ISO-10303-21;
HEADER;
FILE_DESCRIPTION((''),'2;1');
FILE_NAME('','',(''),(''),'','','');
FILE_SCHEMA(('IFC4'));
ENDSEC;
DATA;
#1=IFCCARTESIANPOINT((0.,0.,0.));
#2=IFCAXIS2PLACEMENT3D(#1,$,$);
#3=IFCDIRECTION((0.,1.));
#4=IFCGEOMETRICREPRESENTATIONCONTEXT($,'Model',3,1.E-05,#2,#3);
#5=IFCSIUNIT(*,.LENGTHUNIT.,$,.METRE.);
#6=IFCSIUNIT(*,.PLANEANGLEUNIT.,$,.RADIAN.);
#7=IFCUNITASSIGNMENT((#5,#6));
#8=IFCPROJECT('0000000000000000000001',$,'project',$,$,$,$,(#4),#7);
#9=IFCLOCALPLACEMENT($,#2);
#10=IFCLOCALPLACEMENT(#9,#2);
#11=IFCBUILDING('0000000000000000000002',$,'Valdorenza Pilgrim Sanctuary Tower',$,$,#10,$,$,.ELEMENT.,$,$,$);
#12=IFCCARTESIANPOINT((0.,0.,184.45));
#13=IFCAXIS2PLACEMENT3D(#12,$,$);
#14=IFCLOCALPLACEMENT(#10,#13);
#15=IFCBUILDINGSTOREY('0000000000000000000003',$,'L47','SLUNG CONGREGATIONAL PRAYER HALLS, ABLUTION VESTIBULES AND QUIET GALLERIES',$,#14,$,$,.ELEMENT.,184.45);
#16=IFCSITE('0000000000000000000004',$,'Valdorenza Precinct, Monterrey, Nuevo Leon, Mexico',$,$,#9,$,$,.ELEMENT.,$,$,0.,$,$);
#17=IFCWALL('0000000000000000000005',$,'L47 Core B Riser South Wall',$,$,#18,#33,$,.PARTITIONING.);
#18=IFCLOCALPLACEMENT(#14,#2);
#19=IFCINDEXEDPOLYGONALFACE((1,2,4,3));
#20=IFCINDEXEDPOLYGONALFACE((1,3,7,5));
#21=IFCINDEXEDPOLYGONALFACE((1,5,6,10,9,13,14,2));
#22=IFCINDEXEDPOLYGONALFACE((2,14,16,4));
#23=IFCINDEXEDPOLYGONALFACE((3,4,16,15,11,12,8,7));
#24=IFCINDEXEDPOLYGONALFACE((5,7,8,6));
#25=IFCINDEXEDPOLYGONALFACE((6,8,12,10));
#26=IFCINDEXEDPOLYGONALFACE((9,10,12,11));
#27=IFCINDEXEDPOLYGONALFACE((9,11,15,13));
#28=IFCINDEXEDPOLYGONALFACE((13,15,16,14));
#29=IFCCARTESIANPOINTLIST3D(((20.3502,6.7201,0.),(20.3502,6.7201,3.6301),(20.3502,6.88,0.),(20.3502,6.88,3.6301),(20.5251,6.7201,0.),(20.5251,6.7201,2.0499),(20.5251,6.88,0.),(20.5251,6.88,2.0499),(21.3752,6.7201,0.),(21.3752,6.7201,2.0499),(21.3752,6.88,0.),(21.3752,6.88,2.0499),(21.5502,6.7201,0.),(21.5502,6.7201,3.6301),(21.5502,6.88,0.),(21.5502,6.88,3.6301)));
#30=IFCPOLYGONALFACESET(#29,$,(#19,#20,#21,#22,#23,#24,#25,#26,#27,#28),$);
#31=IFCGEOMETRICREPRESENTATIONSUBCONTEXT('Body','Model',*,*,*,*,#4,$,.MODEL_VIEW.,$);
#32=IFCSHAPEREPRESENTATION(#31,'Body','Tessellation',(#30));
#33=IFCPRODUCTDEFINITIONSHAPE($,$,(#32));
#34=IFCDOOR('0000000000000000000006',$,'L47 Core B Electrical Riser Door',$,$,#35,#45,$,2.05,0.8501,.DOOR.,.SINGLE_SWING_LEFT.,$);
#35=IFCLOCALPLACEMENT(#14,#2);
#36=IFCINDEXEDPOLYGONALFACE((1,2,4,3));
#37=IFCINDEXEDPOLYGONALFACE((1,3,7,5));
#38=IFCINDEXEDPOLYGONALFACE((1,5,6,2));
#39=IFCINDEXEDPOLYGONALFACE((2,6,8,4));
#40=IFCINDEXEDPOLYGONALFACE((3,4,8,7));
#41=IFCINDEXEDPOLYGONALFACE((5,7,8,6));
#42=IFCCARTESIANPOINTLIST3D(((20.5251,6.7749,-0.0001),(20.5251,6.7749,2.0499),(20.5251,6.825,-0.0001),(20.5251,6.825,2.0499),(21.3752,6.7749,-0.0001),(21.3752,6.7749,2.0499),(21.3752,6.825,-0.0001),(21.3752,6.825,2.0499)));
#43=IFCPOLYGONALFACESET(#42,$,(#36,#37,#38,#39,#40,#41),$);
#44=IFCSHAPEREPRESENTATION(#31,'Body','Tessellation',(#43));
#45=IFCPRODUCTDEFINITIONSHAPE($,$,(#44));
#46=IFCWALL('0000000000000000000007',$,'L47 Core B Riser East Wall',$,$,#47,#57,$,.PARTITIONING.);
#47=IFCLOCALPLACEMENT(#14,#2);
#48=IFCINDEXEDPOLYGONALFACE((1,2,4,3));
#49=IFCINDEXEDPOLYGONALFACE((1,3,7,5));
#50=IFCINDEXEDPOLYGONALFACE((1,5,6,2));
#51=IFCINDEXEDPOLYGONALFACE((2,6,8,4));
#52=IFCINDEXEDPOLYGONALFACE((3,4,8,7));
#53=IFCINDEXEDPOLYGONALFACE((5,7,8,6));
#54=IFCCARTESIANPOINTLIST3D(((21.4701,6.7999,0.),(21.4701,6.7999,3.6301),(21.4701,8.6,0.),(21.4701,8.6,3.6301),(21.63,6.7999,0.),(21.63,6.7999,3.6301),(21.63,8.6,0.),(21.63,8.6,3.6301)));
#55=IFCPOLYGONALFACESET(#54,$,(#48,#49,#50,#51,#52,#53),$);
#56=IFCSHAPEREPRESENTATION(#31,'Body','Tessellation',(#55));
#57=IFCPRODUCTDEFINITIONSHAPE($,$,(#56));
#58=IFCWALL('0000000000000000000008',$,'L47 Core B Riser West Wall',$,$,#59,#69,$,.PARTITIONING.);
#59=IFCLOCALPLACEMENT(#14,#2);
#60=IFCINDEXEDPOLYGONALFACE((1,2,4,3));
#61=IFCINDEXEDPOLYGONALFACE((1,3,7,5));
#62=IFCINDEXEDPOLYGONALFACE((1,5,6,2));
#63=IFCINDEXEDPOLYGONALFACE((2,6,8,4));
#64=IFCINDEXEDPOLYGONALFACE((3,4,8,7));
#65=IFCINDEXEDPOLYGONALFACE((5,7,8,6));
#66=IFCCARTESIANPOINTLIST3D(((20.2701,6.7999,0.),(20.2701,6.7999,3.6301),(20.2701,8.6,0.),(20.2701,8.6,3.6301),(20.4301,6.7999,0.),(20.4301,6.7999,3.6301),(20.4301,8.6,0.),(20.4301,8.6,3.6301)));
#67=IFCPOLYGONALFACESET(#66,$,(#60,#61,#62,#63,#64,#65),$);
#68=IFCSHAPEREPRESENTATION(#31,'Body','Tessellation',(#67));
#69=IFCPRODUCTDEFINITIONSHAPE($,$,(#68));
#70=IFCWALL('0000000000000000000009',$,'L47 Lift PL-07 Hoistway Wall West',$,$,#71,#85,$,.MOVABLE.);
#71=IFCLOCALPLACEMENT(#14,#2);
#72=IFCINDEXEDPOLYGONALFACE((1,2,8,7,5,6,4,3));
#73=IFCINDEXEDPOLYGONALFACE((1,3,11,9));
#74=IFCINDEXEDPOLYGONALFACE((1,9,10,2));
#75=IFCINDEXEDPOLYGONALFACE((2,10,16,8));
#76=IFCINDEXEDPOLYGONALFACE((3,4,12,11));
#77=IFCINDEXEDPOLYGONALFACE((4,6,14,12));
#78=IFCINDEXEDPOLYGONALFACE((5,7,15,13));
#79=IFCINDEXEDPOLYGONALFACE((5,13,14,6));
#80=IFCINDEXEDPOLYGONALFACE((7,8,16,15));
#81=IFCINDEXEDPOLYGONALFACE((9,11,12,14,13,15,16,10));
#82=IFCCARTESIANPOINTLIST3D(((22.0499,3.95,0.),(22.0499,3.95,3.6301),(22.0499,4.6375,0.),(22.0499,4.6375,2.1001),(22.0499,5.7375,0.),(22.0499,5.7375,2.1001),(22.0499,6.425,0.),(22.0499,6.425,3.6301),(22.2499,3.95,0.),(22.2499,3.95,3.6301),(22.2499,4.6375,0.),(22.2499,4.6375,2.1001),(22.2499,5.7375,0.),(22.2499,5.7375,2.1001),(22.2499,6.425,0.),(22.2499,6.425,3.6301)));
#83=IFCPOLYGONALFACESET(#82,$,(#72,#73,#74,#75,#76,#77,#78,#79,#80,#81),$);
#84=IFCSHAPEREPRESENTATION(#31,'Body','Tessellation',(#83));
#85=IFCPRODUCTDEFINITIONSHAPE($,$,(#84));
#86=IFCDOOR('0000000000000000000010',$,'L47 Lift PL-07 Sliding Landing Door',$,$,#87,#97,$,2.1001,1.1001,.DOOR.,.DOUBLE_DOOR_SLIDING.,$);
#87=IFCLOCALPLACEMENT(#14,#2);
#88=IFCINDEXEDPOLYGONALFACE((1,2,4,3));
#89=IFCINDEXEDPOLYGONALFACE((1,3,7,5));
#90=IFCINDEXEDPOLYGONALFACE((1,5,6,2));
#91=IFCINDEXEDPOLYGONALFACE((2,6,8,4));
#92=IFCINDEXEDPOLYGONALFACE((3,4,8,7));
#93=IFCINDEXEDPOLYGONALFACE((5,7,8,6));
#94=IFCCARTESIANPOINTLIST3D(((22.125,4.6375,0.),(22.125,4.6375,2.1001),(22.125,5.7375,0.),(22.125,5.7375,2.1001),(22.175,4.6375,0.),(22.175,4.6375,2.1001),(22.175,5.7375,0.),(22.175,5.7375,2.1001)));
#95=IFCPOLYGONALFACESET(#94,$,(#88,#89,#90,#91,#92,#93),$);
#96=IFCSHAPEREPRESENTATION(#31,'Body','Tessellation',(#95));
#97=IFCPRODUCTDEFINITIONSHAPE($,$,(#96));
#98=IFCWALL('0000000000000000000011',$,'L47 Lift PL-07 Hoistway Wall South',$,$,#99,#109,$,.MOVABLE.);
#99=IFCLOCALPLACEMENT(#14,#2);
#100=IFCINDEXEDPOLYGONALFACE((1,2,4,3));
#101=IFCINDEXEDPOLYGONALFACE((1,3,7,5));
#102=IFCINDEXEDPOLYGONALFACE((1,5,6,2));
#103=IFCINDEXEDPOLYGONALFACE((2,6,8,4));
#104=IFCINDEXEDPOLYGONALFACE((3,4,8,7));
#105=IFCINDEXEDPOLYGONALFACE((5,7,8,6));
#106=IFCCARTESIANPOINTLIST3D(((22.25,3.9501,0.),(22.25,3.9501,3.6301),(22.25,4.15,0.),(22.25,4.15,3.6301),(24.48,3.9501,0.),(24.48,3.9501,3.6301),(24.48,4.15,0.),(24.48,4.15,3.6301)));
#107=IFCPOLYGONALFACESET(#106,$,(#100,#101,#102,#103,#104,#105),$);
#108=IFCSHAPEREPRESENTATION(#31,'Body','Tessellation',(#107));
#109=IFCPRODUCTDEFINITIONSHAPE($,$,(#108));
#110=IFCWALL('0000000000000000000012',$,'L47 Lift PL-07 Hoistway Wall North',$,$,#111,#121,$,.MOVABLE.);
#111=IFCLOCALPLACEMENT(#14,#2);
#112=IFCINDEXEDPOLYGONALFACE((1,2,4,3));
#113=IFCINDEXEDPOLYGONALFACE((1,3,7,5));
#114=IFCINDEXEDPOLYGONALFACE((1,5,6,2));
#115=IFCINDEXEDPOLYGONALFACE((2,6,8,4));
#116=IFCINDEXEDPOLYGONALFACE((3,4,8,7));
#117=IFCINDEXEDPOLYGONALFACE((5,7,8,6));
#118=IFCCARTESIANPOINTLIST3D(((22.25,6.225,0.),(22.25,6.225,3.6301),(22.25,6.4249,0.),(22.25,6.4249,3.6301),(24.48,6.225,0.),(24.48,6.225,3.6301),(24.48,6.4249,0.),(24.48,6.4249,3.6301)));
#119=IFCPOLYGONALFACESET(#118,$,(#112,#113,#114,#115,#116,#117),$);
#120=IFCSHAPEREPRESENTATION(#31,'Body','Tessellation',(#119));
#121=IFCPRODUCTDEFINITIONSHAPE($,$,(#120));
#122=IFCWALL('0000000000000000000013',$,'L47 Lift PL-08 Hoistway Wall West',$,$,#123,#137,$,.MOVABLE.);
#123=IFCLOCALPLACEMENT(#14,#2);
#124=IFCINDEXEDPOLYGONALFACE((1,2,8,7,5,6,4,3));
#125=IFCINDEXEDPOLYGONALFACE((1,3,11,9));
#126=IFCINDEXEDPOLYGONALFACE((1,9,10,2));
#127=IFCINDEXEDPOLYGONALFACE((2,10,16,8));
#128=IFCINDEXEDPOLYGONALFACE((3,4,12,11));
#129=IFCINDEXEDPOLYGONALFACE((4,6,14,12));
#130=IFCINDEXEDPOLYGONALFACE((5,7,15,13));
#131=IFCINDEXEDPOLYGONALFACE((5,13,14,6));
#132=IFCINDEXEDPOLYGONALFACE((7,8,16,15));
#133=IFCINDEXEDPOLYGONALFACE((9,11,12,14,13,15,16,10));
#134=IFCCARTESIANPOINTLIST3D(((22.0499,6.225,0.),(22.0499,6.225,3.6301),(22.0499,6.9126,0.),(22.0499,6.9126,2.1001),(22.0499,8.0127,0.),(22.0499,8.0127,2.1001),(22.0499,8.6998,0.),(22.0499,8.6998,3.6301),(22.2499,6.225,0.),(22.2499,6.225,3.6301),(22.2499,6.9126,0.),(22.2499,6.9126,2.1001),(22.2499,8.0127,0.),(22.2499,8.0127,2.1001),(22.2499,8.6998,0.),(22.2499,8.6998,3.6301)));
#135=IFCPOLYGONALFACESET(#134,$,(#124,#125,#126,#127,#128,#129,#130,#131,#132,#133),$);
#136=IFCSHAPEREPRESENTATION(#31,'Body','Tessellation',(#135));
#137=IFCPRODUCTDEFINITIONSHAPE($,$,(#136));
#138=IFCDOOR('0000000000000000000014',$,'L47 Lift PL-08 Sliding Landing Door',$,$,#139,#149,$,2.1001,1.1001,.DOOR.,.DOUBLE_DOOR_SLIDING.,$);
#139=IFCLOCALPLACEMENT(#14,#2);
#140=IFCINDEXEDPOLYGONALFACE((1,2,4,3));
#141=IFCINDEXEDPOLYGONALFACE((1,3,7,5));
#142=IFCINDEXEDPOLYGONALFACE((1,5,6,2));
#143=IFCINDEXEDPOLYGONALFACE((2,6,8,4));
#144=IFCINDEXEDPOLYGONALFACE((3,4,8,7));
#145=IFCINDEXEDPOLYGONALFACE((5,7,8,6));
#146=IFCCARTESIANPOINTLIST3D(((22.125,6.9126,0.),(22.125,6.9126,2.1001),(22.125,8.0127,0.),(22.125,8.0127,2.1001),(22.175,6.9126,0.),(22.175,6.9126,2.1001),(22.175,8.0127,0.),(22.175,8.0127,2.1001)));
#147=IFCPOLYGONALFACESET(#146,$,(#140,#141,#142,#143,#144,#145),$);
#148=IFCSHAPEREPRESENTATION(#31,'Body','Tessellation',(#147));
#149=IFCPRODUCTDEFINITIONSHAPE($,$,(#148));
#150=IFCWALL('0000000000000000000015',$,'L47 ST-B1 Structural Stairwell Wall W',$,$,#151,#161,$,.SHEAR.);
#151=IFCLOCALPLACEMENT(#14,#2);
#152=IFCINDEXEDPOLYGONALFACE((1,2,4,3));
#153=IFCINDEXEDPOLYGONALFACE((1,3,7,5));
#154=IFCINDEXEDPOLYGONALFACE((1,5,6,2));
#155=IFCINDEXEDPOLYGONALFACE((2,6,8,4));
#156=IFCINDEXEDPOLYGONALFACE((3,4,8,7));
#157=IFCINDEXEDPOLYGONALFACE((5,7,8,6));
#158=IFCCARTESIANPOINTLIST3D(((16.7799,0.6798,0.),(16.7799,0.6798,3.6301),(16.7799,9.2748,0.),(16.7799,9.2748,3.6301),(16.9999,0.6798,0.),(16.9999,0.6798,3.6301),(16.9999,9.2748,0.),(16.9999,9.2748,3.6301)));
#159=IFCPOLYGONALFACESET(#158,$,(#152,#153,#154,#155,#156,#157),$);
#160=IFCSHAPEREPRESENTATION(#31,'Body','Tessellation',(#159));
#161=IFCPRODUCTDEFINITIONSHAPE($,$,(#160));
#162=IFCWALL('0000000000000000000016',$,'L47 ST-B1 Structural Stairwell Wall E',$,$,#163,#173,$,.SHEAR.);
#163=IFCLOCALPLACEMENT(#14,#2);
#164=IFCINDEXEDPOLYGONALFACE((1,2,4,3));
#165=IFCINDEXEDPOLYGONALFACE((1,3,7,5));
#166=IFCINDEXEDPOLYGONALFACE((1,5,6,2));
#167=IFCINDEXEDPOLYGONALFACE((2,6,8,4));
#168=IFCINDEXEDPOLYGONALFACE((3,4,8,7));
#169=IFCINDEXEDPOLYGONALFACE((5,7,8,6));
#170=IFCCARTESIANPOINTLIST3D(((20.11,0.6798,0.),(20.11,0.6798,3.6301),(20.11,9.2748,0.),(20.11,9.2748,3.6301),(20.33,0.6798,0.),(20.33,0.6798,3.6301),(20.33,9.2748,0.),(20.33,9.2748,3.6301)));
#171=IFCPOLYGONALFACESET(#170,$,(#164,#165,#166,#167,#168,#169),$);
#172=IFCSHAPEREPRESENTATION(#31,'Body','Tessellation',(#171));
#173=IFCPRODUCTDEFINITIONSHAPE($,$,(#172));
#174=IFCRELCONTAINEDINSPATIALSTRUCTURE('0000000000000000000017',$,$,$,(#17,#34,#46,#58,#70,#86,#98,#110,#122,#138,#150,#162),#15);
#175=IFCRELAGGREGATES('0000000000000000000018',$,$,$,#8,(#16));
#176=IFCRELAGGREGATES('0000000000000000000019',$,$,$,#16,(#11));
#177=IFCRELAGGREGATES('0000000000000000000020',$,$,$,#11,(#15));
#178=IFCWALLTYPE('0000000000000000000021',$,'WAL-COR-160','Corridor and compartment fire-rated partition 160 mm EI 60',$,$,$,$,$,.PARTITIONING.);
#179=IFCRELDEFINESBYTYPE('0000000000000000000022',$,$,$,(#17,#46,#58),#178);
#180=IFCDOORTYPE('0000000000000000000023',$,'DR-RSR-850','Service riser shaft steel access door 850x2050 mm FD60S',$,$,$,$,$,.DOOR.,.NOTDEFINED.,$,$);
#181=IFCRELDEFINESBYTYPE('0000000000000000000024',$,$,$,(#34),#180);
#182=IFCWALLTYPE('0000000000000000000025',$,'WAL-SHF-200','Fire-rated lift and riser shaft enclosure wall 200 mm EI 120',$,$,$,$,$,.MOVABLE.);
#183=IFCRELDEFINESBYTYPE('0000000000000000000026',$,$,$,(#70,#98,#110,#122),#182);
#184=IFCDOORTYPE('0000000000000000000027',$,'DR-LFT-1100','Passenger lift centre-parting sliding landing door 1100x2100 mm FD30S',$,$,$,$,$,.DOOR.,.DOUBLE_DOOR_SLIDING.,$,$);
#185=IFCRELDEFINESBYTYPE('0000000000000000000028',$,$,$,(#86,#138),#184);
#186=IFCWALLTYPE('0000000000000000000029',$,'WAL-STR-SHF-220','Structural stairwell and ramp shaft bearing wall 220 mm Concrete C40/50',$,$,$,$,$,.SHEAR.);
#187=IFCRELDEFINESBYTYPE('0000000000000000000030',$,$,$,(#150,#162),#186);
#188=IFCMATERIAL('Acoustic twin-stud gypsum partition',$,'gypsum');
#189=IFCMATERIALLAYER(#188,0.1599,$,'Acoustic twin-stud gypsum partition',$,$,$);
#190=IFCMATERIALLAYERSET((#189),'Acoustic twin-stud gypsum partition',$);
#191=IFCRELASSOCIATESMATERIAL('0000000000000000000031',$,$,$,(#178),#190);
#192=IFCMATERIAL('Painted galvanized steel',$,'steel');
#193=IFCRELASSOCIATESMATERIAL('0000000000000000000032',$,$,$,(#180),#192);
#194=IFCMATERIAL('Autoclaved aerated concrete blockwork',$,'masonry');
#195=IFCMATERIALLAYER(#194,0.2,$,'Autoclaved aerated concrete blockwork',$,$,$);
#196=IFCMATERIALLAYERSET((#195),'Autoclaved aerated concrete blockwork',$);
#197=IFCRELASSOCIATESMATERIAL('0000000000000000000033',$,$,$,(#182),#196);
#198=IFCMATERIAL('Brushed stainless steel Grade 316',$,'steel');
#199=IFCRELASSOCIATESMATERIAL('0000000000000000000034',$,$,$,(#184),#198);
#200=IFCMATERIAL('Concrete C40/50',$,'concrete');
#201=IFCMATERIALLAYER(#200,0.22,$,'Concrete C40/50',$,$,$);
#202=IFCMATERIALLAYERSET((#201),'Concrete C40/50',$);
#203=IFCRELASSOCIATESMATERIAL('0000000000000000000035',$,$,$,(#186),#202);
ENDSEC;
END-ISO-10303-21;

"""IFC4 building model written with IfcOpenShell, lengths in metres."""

from ifc_helpers import new_model, si_unit, direction, frame, frame_2d, origin, place, context, subcontext, project, spatial, rectangle, extrude, material, layer, layer_set, type_object, element, fill, save


model = new_model("IFC4")

# Units and contexts
model_context = context("Model", 3, precision=1e-05, world=origin(), true_north=direction((0.0, 1.0)))
body_context = subcontext(model_context, "Body", "Model", "MODEL_VIEW")
ifc_project = project(units=[si_unit("LENGTHUNIT", "METRE"), si_unit("PLANEANGLEUNIT", "RADIAN")], contexts=[model_context])

# Site, building, storey
site_placement = place(None, origin())
site = spatial("IfcSite", under=ifc_project, at=site_placement, Name="Valdorenza Precinct, Monterrey, Nuevo Leon, Mexico", CompositionType="ELEMENT", RefElevation=0.0)
building_placement = place(site_placement, origin())
building = spatial("IfcBuilding", under=site, at=building_placement, Name="Valdorenza Pilgrim Sanctuary Tower", CompositionType="ELEMENT")
storey_placement = place(building_placement, frame((0.0, 0.0, 184.45)))
storey = spatial("IfcBuildingStorey", under=building, at=storey_placement, Name="L47", Description="SLUNG CONGREGATIONAL PRAYER HALLS, ABLUTION VESTIBULES AND QUIET GALLERIES", CompositionType="ELEMENT", Elevation=184.45)

# Wall, opening, door
ifc_material_1 = material(Name="Acoustic twin-stud gypsum partition", Category="gypsum")
ifc_layer_1 = layer(ifc_material_1, 0.1599, Name="Acoustic twin-stud gypsum partition")
ifc_layer_set_1 = layer_set([ifc_layer_1], Name="Acoustic twin-stud gypsum partition")
wall_type_1 = type_object("IfcWallType", Name="WAL-COR-160", Description="Corridor and compartment fire-rated partition 160 mm EI 60", PredefinedType="PARTITIONING", material=ifc_layer_set_1)
wall_1_placement = place(storey_placement, frame((20.3501, 6.8, 0.0), z_axis=(0.0, 0.0, 1.0), x_axis=(1.0, 0.0, 0.0)))
wall_1 = element("IfcWall", 1, at=wall_1_placement, inside=storey, type_object=wall_type_1, Name="L47 Core B Riser South Wall", PredefinedType="PARTITIONING", context=body_context, shape_type="SweptSolid", body=[
    extrude(rectangle(XDim=1.2, YDim=0.1599, at=frame_2d((0.6001, 0.0))), origin(), (0.0, 0.0, 1.0), 3.6301),
])
opening_1_placement = place(wall_1_placement, frame((0.175, 0.0, 0.0)))
opening_1 = element("IfcOpeningElement", 2, at=opening_1_placement, cuts=wall_1, PredefinedType="OPENING", context=body_context, shape_type="SweptSolid", body=[
    extrude(rectangle(XDim=0.8501, YDim=2.05, at=frame_2d((0.425, 1.0249))), frame((0.0, 0.0947, 0.0), z_axis=(0.0, -1.0, 0.0), x_axis=(1.0, 0.0, 0.0)), (0.0, 0.0, 1.0), 0.1897),
])
ifc_material_2 = material(Name="Painted galvanized steel", Category="steel")
door_type_1 = type_object("IfcDoorType", Name="DR-RSR-850", Description="Service riser shaft steel access door 850x2050 mm FD60S", OperationType="NOTDEFINED", PredefinedType="DOOR", material=ifc_material_2)
door_1_placement = place(opening_1_placement, origin())
door_1 = element("IfcDoor", 3, at=door_1_placement, inside=storey, type_object=door_type_1, Name="L47 Core B Electrical Riser Door", OperationType="SINGLE_SWING_LEFT", OverallHeight=2.05, OverallWidth=0.8501, PredefinedType="DOOR", context=body_context, shape_type="SweptSolid", body=[
    extrude(rectangle(XDim=0.8501, YDim=2.05, at=frame_2d((0.425, 1.0249))), frame((0.0, 0.0249, 0.0), z_axis=(0.0, -1.0, 0.0), x_axis=(1.0, 0.0, 0.0)), (0.0, 0.0, 1.0), 0.05),
])
fill(opening_1, door_1)

# Walls
for number, where, z_axis, x_axis, name in (
    (4, (21.55, 6.8, 0.0), (0.0, 0.0, 1.0), (0.0, 1.0, 0.0), "L47 Core B Riser East Wall"),
    (5, (20.3501, 6.8, 0.0), (0.0, 0.0, 1.0), (0.0, 1.0, 0.0), "L47 Core B Riser West Wall"),
):
    element("IfcWall", number, at=place(storey_placement, frame(where, z_axis=z_axis, x_axis=x_axis)), inside=storey, type_object=wall_type_1, Name=name, PredefinedType="PARTITIONING", context=body_context, shape_type="SweptSolid", body=[
        extrude(rectangle(XDim=1.8, YDim=0.1599, at=frame_2d((0.8999, 0.0))), origin(), (0.0, 0.0, 1.0), 3.6301),
    ])

# Wall, opening, door
ifc_material_3 = material(Name="Autoclaved aerated concrete blockwork", Category="masonry")
ifc_layer_2 = layer(ifc_material_3, 0.2, Name="Autoclaved aerated concrete blockwork")
ifc_layer_set_2 = layer_set([ifc_layer_2], Name="Autoclaved aerated concrete blockwork")
wall_type_2 = type_object("IfcWallType", Name="WAL-SHF-200", Description="Fire-rated lift and riser shaft enclosure wall 200 mm EI 120", PredefinedType="MOVABLE", material=ifc_layer_set_2)
wall_2_placement = place(storey_placement, frame((22.1499, 3.95, 0.0), z_axis=(0.0, 0.0, 1.0), x_axis=(0.0, 1.0, 0.0)))
wall_2 = element("IfcWall", 6, at=wall_2_placement, inside=storey, type_object=wall_type_2, Name="L47 Lift PL-07 Hoistway Wall West", PredefinedType="MOVABLE", context=body_context, shape_type="SweptSolid", body=[
    extrude(rectangle(XDim=2.4751, YDim=0.2, at=frame_2d((1.2375, 0.0))), origin(), (0.0, 0.0, 1.0), 3.6301),
])
opening_2_placement = place(wall_2_placement, frame((0.6875, 0.0, 0.0)))
opening_2 = element("IfcOpeningElement", 7, at=opening_2_placement, cuts=wall_2, PredefinedType="OPENING", context=body_context, shape_type="SweptSolid", body=[
    extrude(rectangle(XDim=1.1001, YDim=2.1001, at=frame_2d((0.55, 1.05))), frame((0.0, 0.1147, 0.0), z_axis=(0.0, -1.0, 0.0), x_axis=(1.0, 0.0, 0.0)), (0.0, 0.0, 1.0), 0.2297),
])
ifc_material_4 = material(Name="Brushed stainless steel Grade 316", Category="steel")
door_type_2 = type_object("IfcDoorType", Name="DR-LFT-1100", Description="Passenger lift centre-parting sliding landing door 1100x2100 mm FD30S", OperationType="DOUBLE_DOOR_SLIDING", PredefinedType="DOOR", material=ifc_material_4)
door_2_placement = place(opening_2_placement, origin())
door_2 = element("IfcDoor", 8, at=door_2_placement, inside=storey, type_object=door_type_2, Name="L47 Lift PL-07 Sliding Landing Door", OperationType="DOUBLE_DOOR_SLIDING", OverallHeight=2.1001, OverallWidth=1.1001, PredefinedType="DOOR", context=body_context, shape_type="SweptSolid", body=[
    extrude(rectangle(XDim=1.1001, YDim=2.1001, at=frame_2d((0.55, 1.05))), frame((0.0, 0.0249, 0.0), z_axis=(0.0, -1.0, 0.0), x_axis=(1.0, 0.0, 0.0)), (0.0, 0.0, 1.0), 0.05),
])
fill(opening_2, door_2)

# Walls
for number, where, z_axis, x_axis, name in (
    (9, (22.25, 4.05, 0.0), (0.0, 0.0, 1.0), (1.0, 0.0, 0.0), "L47 Lift PL-07 Hoistway Wall South"),
    (10, (22.25, 6.325, 0.0), (0.0, 0.0, 1.0), (1.0, 0.0, 0.0), "L47 Lift PL-07 Hoistway Wall North"),
):
    element("IfcWall", number, at=place(storey_placement, frame(where, z_axis=z_axis, x_axis=x_axis)), inside=storey, type_object=wall_type_2, Name=name, PredefinedType="MOVABLE", context=body_context, shape_type="SweptSolid", body=[
        extrude(rectangle(XDim=2.23, YDim=0.2, at=frame_2d((1.115, 0.0))), origin(), (0.0, 0.0, 1.0), 3.6301),
    ])

# Wall, opening, door
wall_3_placement = place(storey_placement, frame((22.1499, 6.2251, 0.0), z_axis=(0.0, 0.0, 1.0), x_axis=(0.0, 1.0, 0.0)))
wall_3 = element("IfcWall", 11, at=wall_3_placement, inside=storey, type_object=wall_type_2, Name="L47 Lift PL-08 Hoistway Wall West", PredefinedType="MOVABLE", context=body_context, shape_type="SweptSolid", body=[
    extrude(rectangle(XDim=2.4749, YDim=0.2, at=frame_2d((1.2373, 0.0))), origin(), (0.0, 0.0, 1.0), 3.6301),
])
opening_3_placement = place(wall_3_placement, frame((0.6875, 0.0, 0.0)))
opening_3 = element("IfcOpeningElement", 12, at=opening_3_placement, cuts=wall_3, PredefinedType="OPENING", context=body_context, shape_type="SweptSolid", body=[
    extrude(rectangle(XDim=1.1001, YDim=2.1001, at=frame_2d((0.55, 1.05))), frame((0.0, 0.1147, 0.0), z_axis=(0.0, -1.0, 0.0), x_axis=(1.0, 0.0, 0.0)), (0.0, 0.0, 1.0), 0.2297),
])
door_3_placement = place(opening_3_placement, origin())
door_3 = element("IfcDoor", 13, at=door_3_placement, inside=storey, type_object=door_type_2, Name="L47 Lift PL-08 Sliding Landing Door", OperationType="DOUBLE_DOOR_SLIDING", OverallHeight=2.1001, OverallWidth=1.1001, PredefinedType="DOOR", context=body_context, shape_type="SweptSolid", body=[
    extrude(rectangle(XDim=1.1001, YDim=2.1001, at=frame_2d((0.55, 1.05))), frame((0.0, 0.0249, 0.0), z_axis=(0.0, -1.0, 0.0), x_axis=(1.0, 0.0, 0.0)), (0.0, 0.0, 1.0), 0.05),
])
fill(opening_3, door_3)

# Walls
ifc_material_5 = material(Name="Concrete C40/50", Category="concrete")
ifc_layer_3 = layer(ifc_material_5, 0.22, Name="Concrete C40/50")
ifc_layer_set_3 = layer_set([ifc_layer_3], Name="Concrete C40/50")
wall_type_3 = type_object("IfcWallType", Name="WAL-STR-SHF-220", Description="Structural stairwell and ramp shaft bearing wall 220 mm Concrete C40/50", PredefinedType="SHEAR", material=ifc_layer_set_3)
for number, where, z_axis, x_axis, name in (
    (14, (16.8899, 0.6799, 0.0), (0.0, 0.0, 1.0), (0.0, 1.0, 0.0), "L47 ST-B1 Structural Stairwell Wall W"),
    (15, (20.22, 0.6799, 0.0), (0.0, 0.0, 1.0), (0.0, 1.0, 0.0), "L47 ST-B1 Structural Stairwell Wall E"),
):
    element("IfcWall", number, at=place(storey_placement, frame(where, z_axis=z_axis, x_axis=x_axis)), inside=storey, type_object=wall_type_3, Name=name, PredefinedType="SHEAR", context=body_context, shape_type="SweptSolid", body=[
        extrude(rectangle(XDim=8.595, YDim=0.22, at=frame_2d((4.2974, 0.0))), origin(), (0.0, 0.0, 1.0), 3.6301),
    ])

save(model, "model.ifc")
